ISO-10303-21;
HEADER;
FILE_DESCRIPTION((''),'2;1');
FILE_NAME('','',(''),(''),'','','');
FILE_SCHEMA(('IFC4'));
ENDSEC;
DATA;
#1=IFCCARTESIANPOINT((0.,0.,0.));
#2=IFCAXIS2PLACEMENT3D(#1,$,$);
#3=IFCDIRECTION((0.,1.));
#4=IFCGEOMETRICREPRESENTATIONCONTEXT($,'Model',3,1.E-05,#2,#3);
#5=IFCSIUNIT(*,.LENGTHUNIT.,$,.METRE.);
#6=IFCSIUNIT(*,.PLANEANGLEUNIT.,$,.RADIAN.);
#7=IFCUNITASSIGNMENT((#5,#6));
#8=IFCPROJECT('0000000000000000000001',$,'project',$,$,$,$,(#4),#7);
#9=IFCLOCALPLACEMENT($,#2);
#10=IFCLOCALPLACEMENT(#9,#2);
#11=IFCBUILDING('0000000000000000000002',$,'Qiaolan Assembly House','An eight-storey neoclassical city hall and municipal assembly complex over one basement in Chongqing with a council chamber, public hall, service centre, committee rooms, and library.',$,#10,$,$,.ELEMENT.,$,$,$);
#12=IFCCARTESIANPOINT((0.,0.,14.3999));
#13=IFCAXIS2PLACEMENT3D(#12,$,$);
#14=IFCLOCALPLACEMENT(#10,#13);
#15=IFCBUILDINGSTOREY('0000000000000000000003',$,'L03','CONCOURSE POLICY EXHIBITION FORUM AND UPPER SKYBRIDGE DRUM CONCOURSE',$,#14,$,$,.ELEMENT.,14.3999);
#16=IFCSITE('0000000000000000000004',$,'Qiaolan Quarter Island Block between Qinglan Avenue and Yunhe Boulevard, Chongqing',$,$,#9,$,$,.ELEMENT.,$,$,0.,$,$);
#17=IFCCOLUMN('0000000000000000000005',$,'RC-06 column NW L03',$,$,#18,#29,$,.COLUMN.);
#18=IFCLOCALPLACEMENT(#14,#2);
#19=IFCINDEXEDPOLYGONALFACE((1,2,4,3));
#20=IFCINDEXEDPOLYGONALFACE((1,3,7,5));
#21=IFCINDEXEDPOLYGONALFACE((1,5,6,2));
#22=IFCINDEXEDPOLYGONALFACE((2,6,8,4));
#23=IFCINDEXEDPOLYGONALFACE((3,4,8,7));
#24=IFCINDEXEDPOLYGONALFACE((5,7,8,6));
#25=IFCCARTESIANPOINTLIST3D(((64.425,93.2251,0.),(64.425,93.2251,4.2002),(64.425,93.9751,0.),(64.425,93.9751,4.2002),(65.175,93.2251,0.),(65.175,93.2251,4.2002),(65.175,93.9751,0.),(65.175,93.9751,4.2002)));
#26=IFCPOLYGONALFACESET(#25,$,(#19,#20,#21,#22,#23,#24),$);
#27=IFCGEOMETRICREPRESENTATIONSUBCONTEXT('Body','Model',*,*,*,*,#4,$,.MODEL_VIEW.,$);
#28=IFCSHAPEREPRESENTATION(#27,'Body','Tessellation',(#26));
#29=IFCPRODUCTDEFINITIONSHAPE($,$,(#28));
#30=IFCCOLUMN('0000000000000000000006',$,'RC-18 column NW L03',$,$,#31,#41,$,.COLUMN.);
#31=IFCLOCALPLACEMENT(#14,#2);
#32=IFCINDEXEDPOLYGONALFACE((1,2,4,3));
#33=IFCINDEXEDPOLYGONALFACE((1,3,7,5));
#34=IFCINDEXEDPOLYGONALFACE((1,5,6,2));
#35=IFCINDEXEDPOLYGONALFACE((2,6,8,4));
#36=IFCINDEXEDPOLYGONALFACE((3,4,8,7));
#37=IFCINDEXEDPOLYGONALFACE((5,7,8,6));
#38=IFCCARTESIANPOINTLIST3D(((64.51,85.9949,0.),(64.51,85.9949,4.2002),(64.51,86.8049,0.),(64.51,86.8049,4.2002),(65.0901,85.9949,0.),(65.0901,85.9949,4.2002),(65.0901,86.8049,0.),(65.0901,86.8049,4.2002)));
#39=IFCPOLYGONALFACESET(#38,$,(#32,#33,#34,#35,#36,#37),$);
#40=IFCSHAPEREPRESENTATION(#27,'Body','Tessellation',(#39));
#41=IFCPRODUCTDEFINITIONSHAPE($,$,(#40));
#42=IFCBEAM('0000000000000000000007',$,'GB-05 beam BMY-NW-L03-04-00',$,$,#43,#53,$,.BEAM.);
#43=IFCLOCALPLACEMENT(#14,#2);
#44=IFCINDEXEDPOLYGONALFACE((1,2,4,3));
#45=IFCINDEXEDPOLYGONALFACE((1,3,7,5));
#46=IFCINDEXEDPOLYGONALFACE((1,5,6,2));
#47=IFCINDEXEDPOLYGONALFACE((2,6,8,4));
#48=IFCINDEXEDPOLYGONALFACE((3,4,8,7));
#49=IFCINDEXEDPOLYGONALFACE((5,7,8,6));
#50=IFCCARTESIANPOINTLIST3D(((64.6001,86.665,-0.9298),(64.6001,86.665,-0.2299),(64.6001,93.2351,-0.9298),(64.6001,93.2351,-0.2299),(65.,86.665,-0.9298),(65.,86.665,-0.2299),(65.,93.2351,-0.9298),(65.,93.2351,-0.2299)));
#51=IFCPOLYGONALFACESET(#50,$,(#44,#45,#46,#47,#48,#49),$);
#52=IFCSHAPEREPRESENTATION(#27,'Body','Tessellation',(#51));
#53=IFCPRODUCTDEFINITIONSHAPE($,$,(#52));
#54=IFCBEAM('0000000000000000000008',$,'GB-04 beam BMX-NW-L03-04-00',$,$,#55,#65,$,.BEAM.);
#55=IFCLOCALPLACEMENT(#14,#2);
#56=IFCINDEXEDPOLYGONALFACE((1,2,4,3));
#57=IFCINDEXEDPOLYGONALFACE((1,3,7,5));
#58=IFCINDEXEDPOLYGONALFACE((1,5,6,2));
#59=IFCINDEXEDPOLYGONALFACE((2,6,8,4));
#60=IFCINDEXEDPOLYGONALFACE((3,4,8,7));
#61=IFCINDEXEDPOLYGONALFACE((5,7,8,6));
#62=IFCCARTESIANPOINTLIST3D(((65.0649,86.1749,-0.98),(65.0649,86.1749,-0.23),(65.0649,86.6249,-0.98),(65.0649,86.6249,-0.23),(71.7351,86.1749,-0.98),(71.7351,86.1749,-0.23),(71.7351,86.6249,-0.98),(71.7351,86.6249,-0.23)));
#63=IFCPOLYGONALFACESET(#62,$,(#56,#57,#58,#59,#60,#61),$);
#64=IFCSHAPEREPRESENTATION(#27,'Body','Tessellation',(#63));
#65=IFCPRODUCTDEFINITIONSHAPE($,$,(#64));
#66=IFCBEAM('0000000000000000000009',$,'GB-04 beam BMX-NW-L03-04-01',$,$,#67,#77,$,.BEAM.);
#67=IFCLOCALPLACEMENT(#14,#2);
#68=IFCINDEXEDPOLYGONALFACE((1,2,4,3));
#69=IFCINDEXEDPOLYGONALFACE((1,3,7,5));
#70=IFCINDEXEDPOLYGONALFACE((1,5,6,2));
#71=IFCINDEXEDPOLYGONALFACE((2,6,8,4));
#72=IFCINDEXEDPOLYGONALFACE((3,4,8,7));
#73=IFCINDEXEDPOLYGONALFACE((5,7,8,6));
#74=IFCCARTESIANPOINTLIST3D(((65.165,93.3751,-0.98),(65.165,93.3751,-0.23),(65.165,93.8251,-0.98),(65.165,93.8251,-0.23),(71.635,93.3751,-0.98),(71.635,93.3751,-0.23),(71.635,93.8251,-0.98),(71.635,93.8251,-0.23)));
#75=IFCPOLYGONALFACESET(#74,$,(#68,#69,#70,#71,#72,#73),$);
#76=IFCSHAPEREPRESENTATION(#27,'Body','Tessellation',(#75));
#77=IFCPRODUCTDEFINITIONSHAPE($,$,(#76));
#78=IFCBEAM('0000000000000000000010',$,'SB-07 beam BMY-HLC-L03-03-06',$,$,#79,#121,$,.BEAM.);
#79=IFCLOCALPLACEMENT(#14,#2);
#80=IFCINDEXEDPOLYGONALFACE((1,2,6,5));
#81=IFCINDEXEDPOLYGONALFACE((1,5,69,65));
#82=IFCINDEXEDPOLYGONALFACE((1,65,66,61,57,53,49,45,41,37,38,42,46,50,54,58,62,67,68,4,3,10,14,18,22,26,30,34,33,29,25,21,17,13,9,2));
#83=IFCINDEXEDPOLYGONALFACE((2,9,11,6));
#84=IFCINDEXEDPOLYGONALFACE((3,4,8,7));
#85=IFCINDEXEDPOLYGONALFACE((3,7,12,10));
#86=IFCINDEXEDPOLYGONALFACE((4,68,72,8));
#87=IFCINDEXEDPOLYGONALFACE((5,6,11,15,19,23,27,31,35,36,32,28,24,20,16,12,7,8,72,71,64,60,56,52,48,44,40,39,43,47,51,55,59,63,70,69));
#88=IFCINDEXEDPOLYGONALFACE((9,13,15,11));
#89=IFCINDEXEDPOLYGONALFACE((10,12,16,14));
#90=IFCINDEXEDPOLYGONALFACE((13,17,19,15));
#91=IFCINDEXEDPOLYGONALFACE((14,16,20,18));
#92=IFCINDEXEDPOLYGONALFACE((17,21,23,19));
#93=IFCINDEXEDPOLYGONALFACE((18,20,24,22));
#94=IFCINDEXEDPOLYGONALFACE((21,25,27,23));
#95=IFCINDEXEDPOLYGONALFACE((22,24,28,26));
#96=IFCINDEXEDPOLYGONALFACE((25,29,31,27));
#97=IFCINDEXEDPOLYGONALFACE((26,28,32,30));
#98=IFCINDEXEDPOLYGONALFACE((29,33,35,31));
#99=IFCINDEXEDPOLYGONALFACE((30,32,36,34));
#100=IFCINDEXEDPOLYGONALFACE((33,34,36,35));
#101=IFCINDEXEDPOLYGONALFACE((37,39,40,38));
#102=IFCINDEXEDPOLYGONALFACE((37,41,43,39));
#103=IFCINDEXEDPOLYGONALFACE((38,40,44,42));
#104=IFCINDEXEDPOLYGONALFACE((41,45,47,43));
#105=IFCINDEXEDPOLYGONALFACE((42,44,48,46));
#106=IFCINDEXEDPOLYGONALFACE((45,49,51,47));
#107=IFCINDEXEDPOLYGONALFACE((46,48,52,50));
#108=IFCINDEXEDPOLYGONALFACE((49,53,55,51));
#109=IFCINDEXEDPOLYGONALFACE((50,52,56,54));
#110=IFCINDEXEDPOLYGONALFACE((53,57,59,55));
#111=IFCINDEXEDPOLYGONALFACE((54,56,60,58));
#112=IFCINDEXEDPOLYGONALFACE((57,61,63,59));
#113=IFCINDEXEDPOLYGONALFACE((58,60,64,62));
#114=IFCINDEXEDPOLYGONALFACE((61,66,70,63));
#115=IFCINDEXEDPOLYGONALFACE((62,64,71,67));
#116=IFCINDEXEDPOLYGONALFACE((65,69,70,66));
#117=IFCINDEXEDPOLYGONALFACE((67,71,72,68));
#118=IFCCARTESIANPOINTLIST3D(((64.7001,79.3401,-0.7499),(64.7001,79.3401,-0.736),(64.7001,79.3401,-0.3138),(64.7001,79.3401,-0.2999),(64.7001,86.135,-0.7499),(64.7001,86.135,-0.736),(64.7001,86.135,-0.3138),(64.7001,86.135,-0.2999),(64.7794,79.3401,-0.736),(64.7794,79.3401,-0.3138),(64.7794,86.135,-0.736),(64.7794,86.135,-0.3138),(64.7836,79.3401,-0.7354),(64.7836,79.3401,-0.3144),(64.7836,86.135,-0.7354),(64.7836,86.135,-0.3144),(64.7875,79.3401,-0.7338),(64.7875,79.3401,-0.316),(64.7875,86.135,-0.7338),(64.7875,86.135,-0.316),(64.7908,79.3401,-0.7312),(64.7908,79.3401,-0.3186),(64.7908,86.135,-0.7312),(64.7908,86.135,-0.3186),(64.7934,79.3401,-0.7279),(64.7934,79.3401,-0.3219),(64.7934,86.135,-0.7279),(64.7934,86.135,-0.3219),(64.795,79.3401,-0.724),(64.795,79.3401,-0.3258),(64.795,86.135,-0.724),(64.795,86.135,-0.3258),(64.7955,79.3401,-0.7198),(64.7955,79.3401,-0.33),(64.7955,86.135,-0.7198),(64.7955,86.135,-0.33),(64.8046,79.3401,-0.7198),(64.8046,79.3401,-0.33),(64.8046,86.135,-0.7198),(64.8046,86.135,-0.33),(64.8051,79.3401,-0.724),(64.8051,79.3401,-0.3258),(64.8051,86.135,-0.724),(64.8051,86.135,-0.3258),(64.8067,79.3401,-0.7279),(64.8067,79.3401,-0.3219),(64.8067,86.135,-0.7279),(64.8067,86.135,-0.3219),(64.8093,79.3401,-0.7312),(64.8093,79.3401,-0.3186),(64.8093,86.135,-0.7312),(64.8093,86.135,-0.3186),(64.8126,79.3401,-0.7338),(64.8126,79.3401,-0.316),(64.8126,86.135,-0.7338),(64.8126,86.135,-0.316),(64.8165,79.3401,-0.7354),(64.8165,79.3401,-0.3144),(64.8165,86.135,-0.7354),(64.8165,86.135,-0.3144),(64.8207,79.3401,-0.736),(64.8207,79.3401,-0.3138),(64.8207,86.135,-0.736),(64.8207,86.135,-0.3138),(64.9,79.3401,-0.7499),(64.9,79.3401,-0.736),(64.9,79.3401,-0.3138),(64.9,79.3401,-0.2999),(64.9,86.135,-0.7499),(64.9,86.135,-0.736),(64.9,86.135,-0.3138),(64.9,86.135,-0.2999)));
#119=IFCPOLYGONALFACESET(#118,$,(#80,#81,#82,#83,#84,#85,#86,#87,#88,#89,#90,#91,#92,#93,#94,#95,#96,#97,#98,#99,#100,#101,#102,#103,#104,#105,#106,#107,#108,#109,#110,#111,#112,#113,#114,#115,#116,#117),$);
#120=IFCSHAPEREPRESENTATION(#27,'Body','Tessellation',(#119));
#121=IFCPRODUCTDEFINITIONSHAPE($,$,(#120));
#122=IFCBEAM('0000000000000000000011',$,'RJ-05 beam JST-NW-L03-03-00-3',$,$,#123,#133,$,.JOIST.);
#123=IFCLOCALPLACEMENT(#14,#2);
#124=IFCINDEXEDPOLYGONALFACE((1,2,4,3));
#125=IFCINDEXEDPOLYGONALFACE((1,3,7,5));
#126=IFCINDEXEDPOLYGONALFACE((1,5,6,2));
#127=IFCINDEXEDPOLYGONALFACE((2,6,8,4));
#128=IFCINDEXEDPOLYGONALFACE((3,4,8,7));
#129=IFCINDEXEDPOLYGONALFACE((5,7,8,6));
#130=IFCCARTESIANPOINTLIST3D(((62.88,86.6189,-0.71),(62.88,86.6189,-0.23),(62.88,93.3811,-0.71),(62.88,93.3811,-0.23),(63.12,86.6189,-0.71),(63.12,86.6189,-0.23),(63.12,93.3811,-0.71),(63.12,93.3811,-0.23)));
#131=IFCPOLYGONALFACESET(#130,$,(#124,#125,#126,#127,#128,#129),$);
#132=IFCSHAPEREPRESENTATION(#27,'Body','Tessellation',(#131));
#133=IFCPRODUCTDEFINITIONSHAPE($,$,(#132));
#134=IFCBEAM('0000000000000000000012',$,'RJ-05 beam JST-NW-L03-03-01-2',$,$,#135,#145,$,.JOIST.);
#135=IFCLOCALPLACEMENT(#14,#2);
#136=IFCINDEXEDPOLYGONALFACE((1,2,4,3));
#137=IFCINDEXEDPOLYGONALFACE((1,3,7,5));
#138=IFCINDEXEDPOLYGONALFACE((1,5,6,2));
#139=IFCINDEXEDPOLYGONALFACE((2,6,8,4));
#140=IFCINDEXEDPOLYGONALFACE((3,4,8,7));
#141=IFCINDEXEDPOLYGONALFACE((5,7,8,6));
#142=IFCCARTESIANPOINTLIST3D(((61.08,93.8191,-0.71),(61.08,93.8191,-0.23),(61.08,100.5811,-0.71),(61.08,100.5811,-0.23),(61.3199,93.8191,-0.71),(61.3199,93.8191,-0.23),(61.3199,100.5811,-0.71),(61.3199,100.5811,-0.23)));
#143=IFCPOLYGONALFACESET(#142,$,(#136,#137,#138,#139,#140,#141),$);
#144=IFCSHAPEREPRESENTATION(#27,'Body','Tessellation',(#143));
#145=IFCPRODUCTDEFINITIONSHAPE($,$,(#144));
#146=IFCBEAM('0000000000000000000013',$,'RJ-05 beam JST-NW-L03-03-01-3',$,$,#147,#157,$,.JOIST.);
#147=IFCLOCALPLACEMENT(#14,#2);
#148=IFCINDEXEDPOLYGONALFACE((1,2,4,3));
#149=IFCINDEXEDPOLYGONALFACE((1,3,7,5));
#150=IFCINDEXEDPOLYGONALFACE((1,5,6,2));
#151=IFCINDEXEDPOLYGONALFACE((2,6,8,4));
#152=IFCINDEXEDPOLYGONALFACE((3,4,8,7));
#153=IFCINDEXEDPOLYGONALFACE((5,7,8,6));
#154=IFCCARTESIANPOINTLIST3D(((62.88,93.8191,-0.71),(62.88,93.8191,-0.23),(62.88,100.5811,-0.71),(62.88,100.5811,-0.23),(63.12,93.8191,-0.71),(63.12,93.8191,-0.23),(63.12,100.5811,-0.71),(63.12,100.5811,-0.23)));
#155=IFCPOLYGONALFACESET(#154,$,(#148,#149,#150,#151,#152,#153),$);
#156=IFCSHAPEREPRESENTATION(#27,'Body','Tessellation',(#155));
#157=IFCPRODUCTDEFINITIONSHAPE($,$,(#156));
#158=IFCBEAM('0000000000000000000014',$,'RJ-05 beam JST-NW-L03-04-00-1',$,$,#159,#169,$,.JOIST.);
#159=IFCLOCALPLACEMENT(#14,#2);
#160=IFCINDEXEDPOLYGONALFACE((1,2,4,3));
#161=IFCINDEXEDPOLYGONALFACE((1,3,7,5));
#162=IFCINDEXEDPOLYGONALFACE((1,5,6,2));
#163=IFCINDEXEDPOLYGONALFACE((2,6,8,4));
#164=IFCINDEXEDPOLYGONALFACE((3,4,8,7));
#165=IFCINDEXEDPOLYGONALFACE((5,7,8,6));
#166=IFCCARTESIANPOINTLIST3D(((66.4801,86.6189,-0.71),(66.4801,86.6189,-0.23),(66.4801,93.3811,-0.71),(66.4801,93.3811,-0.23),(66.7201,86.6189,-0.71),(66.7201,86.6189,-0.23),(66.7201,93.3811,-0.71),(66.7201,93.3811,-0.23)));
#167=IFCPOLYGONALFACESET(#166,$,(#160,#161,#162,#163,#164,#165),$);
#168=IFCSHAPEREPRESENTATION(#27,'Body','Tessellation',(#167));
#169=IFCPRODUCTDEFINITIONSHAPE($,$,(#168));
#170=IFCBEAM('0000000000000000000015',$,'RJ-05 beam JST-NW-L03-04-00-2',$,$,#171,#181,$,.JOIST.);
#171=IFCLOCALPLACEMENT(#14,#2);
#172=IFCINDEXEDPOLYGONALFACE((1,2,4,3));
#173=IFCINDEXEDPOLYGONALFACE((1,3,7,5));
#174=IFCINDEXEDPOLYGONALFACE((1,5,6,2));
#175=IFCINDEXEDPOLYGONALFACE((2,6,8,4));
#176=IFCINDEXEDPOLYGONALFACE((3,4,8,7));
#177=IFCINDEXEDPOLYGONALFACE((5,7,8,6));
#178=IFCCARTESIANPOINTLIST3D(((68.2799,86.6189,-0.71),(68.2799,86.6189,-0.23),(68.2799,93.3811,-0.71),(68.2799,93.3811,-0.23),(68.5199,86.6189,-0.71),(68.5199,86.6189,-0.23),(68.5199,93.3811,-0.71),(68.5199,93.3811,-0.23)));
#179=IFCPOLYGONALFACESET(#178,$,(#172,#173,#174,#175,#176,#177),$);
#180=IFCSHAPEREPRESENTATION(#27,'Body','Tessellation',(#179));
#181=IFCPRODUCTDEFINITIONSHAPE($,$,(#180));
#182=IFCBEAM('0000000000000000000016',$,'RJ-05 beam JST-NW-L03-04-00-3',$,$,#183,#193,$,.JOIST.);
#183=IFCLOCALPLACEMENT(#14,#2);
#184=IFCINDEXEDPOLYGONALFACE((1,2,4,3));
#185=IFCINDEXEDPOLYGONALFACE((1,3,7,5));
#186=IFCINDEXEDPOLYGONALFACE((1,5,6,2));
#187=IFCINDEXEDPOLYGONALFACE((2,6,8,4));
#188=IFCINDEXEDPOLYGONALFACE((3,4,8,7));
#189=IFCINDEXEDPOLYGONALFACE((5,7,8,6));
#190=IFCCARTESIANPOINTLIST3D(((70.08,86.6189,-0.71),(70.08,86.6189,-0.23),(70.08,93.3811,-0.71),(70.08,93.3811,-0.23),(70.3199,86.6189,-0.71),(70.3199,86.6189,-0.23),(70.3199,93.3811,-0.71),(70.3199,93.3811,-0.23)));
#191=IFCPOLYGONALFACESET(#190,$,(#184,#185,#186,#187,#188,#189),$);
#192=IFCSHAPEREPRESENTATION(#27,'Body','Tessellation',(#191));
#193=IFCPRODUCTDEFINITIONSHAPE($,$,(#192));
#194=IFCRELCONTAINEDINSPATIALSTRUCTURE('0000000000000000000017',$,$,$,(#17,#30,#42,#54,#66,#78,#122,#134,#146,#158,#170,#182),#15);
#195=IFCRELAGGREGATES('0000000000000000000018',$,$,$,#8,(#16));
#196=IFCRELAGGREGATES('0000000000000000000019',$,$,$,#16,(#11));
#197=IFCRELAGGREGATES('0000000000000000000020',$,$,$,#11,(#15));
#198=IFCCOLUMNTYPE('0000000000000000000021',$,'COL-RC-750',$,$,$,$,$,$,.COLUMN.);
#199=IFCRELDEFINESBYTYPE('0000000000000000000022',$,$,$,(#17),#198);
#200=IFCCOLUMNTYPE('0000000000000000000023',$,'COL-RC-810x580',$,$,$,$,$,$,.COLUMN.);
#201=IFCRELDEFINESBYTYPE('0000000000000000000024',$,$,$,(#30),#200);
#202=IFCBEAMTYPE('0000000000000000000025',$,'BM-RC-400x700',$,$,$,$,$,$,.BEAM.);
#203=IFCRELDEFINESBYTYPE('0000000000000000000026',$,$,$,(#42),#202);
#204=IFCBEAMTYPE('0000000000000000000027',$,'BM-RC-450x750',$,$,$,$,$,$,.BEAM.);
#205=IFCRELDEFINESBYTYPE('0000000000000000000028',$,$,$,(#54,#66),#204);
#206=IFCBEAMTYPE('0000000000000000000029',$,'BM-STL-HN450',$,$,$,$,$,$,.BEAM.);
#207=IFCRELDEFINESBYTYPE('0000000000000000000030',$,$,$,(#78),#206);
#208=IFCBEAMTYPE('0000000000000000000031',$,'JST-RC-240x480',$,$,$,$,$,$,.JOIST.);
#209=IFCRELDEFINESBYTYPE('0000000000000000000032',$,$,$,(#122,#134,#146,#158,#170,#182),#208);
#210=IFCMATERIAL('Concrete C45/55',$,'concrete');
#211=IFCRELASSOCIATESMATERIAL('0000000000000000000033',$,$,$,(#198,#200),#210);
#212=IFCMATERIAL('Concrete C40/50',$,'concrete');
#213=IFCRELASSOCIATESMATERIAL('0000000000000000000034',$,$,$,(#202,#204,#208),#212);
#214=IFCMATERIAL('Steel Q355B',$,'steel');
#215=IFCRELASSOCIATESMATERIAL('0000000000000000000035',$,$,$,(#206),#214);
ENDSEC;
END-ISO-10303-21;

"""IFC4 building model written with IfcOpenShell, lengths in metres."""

from ifc_helpers import new_model, si_unit, direction, frame, origin, origin_2d, place, context, subcontext, project, spatial, rectangle, i_section, extrude, material, material_profile, profile_set, type_object, element, save


model = new_model("IFC4")

# Units and contexts
model_context = context("Model", 3, precision=1e-05, world=origin(), true_north=direction((0.0, 1.0)))
body_context = subcontext(model_context, "Body", "Model", "MODEL_VIEW")
ifc_project = project(units=[si_unit("LENGTHUNIT", "METRE"), si_unit("PLANEANGLEUNIT", "RADIAN")], contexts=[model_context])

# Site, building, storey
site_placement = place(None, origin())
site = spatial("IfcSite", under=ifc_project, at=site_placement, Name="Qiaolan Quarter Island Block between Qinglan Avenue and Yunhe Boulevard, Chongqing", CompositionType="ELEMENT", RefElevation=0.0)
building_placement = place(site_placement, origin())
building = spatial("IfcBuilding", under=site, at=building_placement, Name="Qiaolan Assembly House", Description="An eight-storey neoclassical city hall and municipal assembly complex over one basement in Chongqing with a council chamber, public hall, service centre, committee rooms, and library.", CompositionType="ELEMENT")
storey_placement = place(building_placement, frame((0.0, 0.0, 14.3999)))
storey = spatial("IfcBuildingStorey", under=building, at=storey_placement, Name="L03", Description="CONCOURSE POLICY EXHIBITION FORUM AND UPPER SKYBRIDGE DRUM CONCOURSE", CompositionType="ELEMENT", Elevation=14.3999)

# Columns
ifc_material_1 = material(Name="Concrete C45/55", Category="concrete")
ifc_material_profile_1 = material_profile(ifc_material_1, rectangle(XDim=0.75, YDim=0.75, at=origin_2d()), Name="RC 750x750")
ifc_profile_set_1 = profile_set([ifc_material_profile_1], Name="Concrete C45/55")
column_type_1 = type_object("IfcColumnType", Name="COL-RC-750", PredefinedType="COLUMN", material=ifc_profile_set_1)
column_1_placement = place(storey_placement, frame((64.8, 93.6001, 0.0), z_axis=(0.0, 0.0, 1.0), x_axis=(1.0, 0.0, 0.0)))
element("IfcColumn", 1, at=column_1_placement, inside=storey, type_object=column_type_1, Name="RC-06 column NW L03", PredefinedType="COLUMN", context=body_context, shape_type="SweptSolid", body=[
    extrude(rectangle(XDim=0.75, YDim=0.75, at=origin_2d()), origin(), (0.0, 0.0, 1.0), 4.2002),
])
ifc_material_profile_2 = material_profile(ifc_material_1, rectangle(XDim=0.5801, YDim=0.8101, at=origin_2d()), Name="RC 810x580")
ifc_profile_set_2 = profile_set([ifc_material_profile_2], Name="Concrete C45/55")
column_type_2 = type_object("IfcColumnType", Name="COL-RC-810x580", PredefinedType="COLUMN", material=ifc_profile_set_2)
column_2_placement = place(storey_placement, frame((64.8, 86.3999, 0.0), z_axis=(0.0, 0.0, 1.0), x_axis=(1.0, 0.0, 0.0)))
element("IfcColumn", 2, at=column_2_placement, inside=storey, type_object=column_type_2, Name="RC-18 column NW L03", PredefinedType="COLUMN", context=body_context, shape_type="SweptSolid", body=[
    extrude(rectangle(XDim=0.5801, YDim=0.8101, at=origin_2d()), origin(), (0.0, 0.0, 1.0), 4.2002),
])

# Beams
ifc_material_2 = material(Name="Concrete C40/50", Category="concrete")
ifc_material_profile_3 = material_profile(ifc_material_2, rectangle(XDim=0.3999, YDim=0.7, at=origin_2d()), Name="RCB 400x700")
ifc_profile_set_3 = profile_set([ifc_material_profile_3], Name="Concrete C40/50")
beam_type_1 = type_object("IfcBeamType", Name="BM-RC-400x700", PredefinedType="BEAM", material=ifc_profile_set_3)
beam_1_placement = place(storey_placement, frame((64.8, 86.665, -0.5798), z_axis=(0.0, 1.0, 0.0), x_axis=(-1.0, 0.0, 0.0)))
element("IfcBeam", 3, at=beam_1_placement, inside=storey, type_object=beam_type_1, Name="GB-05 beam BMY-NW-L03-04-00", PredefinedType="BEAM", context=body_context, shape_type="SweptSolid", body=[
    extrude(rectangle(XDim=0.3999, YDim=0.7, at=origin_2d()), origin(), (0.0, 0.0, 1.0), 6.5701),
])
ifc_material_profile_4 = material_profile(ifc_material_2, rectangle(XDim=0.45, YDim=0.75, at=origin_2d()), Name="RCB 450x750")
ifc_profile_set_4 = profile_set([ifc_material_profile_4], Name="Concrete C40/50")
beam_type_2 = type_object("IfcBeamType", Name="BM-RC-450x750", PredefinedType="BEAM", material=ifc_profile_set_4)
beam_2_placement = place(storey_placement, frame((65.0649, 86.3999, -0.605), z_axis=(1.0, 0.0, 0.0), x_axis=(0.0, 1.0, 0.0)))
element("IfcBeam", 4, at=beam_2_placement, inside=storey, type_object=beam_type_2, Name="GB-04 beam BMX-NW-L03-04-00", PredefinedType="BEAM", context=body_context, shape_type="SweptSolid", body=[
    extrude(rectangle(XDim=0.45, YDim=0.75, at=origin_2d()), origin(), (0.0, 0.0, 1.0), 6.6702),
])
beam_3_placement = place(storey_placement, frame((65.165, 93.6001, -0.605), z_axis=(1.0, 0.0, 0.0), x_axis=(0.0, 1.0, 0.0)))
element("IfcBeam", 5, at=beam_3_placement, inside=storey, type_object=beam_type_2, Name="GB-04 beam BMX-NW-L03-04-01", PredefinedType="BEAM", context=body_context, shape_type="SweptSolid", body=[
    extrude(rectangle(XDim=0.45, YDim=0.75, at=origin_2d()), origin(), (0.0, 0.0, 1.0), 6.47),
])
ifc_material_3 = material(Name="Steel Q355B", Category="steel")
ifc_material_profile_5 = material_profile(ifc_material_3, i_section(OverallWidth=0.2, OverallDepth=0.45, WebThickness=0.009, FlangeThickness=0.0139, FilletRadius=0.0161, at=origin_2d()), Name="HN 450x200x9x14")
ifc_profile_set_5 = profile_set([ifc_material_profile_5], Name="Steel Q355B")
beam_type_3 = type_object("IfcBeamType", Name="BM-STL-HN450", PredefinedType="BEAM", material=ifc_profile_set_5)
beam_4_placement = place(storey_placement, frame((64.8, 79.3401, -0.5249), z_axis=(0.0, 1.0, 0.0), x_axis=(-1.0, 0.0, 0.0)))
element("IfcBeam", 6, at=beam_4_placement, inside=storey, type_object=beam_type_3, Name="SB-07 beam BMY-HLC-L03-03-06", PredefinedType="BEAM", context=body_context, shape_type="SweptSolid", body=[
    extrude(i_section(OverallWidth=0.2, OverallDepth=0.45, WebThickness=0.009, FlangeThickness=0.0139, FilletRadius=0.0161, at=origin_2d()), origin(), (0.0, 0.0, 1.0), 6.7949),
])
ifc_material_profile_6 = material_profile(ifc_material_2, rectangle(XDim=0.24, YDim=0.48, at=origin_2d()), Name="RCB 240x480")
ifc_profile_set_6 = profile_set([ifc_material_profile_6], Name="Concrete C40/50")
beam_type_4 = type_object("IfcBeamType", Name="JST-RC-240x480", PredefinedType="JOIST", material=ifc_profile_set_6)
beam_5_placement = place(storey_placement, frame((63.0, 86.6189, -0.47), z_axis=(0.0, 1.0, 0.0), x_axis=(-1.0, 0.0, 0.0)))
element("IfcBeam", 7, at=beam_5_placement, inside=storey, type_object=beam_type_4, Name="RJ-05 beam JST-NW-L03-03-00-3", PredefinedType="JOIST", context=body_context, shape_type="SweptSolid", body=[
    extrude(rectangle(XDim=0.24, YDim=0.48, at=origin_2d()), origin(), (0.0, 0.0, 1.0), 6.7622),
])
for number, where, z_axis, x_axis, name in (
    (8, (61.2, 93.8191, -0.47), (0.0, 1.0, 0.0), (-1.0, 0.0, 0.0), "RJ-05 beam JST-NW-L03-03-01-2"),
    (9, (63.0, 93.8191, -0.47), (0.0, 1.0, 0.0), (-1.0, 0.0, 0.0), "RJ-05 beam JST-NW-L03-03-01-3"),
):
    element("IfcBeam", number, at=place(storey_placement, frame(where, z_axis=z_axis, x_axis=x_axis)), inside=storey, type_object=beam_type_4, Name=name, PredefinedType="JOIST", context=body_context, shape_type="SweptSolid", body=[
        extrude(rectangle(XDim=0.24, YDim=0.48, at=origin_2d()), origin(), (0.0, 0.0, 1.0), 6.762),
    ])
for number, where, z_axis, x_axis, name in (
    (10, (66.6001, 86.6189, -0.47), (0.0, 1.0, 0.0), (-1.0, 0.0, 0.0), "RJ-05 beam JST-NW-L03-04-00-1"),
    (11, (68.3999, 86.6189, -0.47), (0.0, 1.0, 0.0), (-1.0, 0.0, 0.0), "RJ-05 beam JST-NW-L03-04-00-2"),
    (12, (70.2, 86.6189, -0.47), (0.0, 1.0, 0.0), (-1.0, 0.0, 0.0), "RJ-05 beam JST-NW-L03-04-00-3"),
):
    element("IfcBeam", number, at=place(storey_placement, frame(where, z_axis=z_axis, x_axis=x_axis)), inside=storey, type_object=beam_type_4, Name=name, PredefinedType="JOIST", context=body_context, shape_type="SweptSolid", body=[
        extrude(rectangle(XDim=0.24, YDim=0.48, at=origin_2d()), origin(), (0.0, 0.0, 1.0), 6.7622),
    ])

save(model, "model.ifc")
